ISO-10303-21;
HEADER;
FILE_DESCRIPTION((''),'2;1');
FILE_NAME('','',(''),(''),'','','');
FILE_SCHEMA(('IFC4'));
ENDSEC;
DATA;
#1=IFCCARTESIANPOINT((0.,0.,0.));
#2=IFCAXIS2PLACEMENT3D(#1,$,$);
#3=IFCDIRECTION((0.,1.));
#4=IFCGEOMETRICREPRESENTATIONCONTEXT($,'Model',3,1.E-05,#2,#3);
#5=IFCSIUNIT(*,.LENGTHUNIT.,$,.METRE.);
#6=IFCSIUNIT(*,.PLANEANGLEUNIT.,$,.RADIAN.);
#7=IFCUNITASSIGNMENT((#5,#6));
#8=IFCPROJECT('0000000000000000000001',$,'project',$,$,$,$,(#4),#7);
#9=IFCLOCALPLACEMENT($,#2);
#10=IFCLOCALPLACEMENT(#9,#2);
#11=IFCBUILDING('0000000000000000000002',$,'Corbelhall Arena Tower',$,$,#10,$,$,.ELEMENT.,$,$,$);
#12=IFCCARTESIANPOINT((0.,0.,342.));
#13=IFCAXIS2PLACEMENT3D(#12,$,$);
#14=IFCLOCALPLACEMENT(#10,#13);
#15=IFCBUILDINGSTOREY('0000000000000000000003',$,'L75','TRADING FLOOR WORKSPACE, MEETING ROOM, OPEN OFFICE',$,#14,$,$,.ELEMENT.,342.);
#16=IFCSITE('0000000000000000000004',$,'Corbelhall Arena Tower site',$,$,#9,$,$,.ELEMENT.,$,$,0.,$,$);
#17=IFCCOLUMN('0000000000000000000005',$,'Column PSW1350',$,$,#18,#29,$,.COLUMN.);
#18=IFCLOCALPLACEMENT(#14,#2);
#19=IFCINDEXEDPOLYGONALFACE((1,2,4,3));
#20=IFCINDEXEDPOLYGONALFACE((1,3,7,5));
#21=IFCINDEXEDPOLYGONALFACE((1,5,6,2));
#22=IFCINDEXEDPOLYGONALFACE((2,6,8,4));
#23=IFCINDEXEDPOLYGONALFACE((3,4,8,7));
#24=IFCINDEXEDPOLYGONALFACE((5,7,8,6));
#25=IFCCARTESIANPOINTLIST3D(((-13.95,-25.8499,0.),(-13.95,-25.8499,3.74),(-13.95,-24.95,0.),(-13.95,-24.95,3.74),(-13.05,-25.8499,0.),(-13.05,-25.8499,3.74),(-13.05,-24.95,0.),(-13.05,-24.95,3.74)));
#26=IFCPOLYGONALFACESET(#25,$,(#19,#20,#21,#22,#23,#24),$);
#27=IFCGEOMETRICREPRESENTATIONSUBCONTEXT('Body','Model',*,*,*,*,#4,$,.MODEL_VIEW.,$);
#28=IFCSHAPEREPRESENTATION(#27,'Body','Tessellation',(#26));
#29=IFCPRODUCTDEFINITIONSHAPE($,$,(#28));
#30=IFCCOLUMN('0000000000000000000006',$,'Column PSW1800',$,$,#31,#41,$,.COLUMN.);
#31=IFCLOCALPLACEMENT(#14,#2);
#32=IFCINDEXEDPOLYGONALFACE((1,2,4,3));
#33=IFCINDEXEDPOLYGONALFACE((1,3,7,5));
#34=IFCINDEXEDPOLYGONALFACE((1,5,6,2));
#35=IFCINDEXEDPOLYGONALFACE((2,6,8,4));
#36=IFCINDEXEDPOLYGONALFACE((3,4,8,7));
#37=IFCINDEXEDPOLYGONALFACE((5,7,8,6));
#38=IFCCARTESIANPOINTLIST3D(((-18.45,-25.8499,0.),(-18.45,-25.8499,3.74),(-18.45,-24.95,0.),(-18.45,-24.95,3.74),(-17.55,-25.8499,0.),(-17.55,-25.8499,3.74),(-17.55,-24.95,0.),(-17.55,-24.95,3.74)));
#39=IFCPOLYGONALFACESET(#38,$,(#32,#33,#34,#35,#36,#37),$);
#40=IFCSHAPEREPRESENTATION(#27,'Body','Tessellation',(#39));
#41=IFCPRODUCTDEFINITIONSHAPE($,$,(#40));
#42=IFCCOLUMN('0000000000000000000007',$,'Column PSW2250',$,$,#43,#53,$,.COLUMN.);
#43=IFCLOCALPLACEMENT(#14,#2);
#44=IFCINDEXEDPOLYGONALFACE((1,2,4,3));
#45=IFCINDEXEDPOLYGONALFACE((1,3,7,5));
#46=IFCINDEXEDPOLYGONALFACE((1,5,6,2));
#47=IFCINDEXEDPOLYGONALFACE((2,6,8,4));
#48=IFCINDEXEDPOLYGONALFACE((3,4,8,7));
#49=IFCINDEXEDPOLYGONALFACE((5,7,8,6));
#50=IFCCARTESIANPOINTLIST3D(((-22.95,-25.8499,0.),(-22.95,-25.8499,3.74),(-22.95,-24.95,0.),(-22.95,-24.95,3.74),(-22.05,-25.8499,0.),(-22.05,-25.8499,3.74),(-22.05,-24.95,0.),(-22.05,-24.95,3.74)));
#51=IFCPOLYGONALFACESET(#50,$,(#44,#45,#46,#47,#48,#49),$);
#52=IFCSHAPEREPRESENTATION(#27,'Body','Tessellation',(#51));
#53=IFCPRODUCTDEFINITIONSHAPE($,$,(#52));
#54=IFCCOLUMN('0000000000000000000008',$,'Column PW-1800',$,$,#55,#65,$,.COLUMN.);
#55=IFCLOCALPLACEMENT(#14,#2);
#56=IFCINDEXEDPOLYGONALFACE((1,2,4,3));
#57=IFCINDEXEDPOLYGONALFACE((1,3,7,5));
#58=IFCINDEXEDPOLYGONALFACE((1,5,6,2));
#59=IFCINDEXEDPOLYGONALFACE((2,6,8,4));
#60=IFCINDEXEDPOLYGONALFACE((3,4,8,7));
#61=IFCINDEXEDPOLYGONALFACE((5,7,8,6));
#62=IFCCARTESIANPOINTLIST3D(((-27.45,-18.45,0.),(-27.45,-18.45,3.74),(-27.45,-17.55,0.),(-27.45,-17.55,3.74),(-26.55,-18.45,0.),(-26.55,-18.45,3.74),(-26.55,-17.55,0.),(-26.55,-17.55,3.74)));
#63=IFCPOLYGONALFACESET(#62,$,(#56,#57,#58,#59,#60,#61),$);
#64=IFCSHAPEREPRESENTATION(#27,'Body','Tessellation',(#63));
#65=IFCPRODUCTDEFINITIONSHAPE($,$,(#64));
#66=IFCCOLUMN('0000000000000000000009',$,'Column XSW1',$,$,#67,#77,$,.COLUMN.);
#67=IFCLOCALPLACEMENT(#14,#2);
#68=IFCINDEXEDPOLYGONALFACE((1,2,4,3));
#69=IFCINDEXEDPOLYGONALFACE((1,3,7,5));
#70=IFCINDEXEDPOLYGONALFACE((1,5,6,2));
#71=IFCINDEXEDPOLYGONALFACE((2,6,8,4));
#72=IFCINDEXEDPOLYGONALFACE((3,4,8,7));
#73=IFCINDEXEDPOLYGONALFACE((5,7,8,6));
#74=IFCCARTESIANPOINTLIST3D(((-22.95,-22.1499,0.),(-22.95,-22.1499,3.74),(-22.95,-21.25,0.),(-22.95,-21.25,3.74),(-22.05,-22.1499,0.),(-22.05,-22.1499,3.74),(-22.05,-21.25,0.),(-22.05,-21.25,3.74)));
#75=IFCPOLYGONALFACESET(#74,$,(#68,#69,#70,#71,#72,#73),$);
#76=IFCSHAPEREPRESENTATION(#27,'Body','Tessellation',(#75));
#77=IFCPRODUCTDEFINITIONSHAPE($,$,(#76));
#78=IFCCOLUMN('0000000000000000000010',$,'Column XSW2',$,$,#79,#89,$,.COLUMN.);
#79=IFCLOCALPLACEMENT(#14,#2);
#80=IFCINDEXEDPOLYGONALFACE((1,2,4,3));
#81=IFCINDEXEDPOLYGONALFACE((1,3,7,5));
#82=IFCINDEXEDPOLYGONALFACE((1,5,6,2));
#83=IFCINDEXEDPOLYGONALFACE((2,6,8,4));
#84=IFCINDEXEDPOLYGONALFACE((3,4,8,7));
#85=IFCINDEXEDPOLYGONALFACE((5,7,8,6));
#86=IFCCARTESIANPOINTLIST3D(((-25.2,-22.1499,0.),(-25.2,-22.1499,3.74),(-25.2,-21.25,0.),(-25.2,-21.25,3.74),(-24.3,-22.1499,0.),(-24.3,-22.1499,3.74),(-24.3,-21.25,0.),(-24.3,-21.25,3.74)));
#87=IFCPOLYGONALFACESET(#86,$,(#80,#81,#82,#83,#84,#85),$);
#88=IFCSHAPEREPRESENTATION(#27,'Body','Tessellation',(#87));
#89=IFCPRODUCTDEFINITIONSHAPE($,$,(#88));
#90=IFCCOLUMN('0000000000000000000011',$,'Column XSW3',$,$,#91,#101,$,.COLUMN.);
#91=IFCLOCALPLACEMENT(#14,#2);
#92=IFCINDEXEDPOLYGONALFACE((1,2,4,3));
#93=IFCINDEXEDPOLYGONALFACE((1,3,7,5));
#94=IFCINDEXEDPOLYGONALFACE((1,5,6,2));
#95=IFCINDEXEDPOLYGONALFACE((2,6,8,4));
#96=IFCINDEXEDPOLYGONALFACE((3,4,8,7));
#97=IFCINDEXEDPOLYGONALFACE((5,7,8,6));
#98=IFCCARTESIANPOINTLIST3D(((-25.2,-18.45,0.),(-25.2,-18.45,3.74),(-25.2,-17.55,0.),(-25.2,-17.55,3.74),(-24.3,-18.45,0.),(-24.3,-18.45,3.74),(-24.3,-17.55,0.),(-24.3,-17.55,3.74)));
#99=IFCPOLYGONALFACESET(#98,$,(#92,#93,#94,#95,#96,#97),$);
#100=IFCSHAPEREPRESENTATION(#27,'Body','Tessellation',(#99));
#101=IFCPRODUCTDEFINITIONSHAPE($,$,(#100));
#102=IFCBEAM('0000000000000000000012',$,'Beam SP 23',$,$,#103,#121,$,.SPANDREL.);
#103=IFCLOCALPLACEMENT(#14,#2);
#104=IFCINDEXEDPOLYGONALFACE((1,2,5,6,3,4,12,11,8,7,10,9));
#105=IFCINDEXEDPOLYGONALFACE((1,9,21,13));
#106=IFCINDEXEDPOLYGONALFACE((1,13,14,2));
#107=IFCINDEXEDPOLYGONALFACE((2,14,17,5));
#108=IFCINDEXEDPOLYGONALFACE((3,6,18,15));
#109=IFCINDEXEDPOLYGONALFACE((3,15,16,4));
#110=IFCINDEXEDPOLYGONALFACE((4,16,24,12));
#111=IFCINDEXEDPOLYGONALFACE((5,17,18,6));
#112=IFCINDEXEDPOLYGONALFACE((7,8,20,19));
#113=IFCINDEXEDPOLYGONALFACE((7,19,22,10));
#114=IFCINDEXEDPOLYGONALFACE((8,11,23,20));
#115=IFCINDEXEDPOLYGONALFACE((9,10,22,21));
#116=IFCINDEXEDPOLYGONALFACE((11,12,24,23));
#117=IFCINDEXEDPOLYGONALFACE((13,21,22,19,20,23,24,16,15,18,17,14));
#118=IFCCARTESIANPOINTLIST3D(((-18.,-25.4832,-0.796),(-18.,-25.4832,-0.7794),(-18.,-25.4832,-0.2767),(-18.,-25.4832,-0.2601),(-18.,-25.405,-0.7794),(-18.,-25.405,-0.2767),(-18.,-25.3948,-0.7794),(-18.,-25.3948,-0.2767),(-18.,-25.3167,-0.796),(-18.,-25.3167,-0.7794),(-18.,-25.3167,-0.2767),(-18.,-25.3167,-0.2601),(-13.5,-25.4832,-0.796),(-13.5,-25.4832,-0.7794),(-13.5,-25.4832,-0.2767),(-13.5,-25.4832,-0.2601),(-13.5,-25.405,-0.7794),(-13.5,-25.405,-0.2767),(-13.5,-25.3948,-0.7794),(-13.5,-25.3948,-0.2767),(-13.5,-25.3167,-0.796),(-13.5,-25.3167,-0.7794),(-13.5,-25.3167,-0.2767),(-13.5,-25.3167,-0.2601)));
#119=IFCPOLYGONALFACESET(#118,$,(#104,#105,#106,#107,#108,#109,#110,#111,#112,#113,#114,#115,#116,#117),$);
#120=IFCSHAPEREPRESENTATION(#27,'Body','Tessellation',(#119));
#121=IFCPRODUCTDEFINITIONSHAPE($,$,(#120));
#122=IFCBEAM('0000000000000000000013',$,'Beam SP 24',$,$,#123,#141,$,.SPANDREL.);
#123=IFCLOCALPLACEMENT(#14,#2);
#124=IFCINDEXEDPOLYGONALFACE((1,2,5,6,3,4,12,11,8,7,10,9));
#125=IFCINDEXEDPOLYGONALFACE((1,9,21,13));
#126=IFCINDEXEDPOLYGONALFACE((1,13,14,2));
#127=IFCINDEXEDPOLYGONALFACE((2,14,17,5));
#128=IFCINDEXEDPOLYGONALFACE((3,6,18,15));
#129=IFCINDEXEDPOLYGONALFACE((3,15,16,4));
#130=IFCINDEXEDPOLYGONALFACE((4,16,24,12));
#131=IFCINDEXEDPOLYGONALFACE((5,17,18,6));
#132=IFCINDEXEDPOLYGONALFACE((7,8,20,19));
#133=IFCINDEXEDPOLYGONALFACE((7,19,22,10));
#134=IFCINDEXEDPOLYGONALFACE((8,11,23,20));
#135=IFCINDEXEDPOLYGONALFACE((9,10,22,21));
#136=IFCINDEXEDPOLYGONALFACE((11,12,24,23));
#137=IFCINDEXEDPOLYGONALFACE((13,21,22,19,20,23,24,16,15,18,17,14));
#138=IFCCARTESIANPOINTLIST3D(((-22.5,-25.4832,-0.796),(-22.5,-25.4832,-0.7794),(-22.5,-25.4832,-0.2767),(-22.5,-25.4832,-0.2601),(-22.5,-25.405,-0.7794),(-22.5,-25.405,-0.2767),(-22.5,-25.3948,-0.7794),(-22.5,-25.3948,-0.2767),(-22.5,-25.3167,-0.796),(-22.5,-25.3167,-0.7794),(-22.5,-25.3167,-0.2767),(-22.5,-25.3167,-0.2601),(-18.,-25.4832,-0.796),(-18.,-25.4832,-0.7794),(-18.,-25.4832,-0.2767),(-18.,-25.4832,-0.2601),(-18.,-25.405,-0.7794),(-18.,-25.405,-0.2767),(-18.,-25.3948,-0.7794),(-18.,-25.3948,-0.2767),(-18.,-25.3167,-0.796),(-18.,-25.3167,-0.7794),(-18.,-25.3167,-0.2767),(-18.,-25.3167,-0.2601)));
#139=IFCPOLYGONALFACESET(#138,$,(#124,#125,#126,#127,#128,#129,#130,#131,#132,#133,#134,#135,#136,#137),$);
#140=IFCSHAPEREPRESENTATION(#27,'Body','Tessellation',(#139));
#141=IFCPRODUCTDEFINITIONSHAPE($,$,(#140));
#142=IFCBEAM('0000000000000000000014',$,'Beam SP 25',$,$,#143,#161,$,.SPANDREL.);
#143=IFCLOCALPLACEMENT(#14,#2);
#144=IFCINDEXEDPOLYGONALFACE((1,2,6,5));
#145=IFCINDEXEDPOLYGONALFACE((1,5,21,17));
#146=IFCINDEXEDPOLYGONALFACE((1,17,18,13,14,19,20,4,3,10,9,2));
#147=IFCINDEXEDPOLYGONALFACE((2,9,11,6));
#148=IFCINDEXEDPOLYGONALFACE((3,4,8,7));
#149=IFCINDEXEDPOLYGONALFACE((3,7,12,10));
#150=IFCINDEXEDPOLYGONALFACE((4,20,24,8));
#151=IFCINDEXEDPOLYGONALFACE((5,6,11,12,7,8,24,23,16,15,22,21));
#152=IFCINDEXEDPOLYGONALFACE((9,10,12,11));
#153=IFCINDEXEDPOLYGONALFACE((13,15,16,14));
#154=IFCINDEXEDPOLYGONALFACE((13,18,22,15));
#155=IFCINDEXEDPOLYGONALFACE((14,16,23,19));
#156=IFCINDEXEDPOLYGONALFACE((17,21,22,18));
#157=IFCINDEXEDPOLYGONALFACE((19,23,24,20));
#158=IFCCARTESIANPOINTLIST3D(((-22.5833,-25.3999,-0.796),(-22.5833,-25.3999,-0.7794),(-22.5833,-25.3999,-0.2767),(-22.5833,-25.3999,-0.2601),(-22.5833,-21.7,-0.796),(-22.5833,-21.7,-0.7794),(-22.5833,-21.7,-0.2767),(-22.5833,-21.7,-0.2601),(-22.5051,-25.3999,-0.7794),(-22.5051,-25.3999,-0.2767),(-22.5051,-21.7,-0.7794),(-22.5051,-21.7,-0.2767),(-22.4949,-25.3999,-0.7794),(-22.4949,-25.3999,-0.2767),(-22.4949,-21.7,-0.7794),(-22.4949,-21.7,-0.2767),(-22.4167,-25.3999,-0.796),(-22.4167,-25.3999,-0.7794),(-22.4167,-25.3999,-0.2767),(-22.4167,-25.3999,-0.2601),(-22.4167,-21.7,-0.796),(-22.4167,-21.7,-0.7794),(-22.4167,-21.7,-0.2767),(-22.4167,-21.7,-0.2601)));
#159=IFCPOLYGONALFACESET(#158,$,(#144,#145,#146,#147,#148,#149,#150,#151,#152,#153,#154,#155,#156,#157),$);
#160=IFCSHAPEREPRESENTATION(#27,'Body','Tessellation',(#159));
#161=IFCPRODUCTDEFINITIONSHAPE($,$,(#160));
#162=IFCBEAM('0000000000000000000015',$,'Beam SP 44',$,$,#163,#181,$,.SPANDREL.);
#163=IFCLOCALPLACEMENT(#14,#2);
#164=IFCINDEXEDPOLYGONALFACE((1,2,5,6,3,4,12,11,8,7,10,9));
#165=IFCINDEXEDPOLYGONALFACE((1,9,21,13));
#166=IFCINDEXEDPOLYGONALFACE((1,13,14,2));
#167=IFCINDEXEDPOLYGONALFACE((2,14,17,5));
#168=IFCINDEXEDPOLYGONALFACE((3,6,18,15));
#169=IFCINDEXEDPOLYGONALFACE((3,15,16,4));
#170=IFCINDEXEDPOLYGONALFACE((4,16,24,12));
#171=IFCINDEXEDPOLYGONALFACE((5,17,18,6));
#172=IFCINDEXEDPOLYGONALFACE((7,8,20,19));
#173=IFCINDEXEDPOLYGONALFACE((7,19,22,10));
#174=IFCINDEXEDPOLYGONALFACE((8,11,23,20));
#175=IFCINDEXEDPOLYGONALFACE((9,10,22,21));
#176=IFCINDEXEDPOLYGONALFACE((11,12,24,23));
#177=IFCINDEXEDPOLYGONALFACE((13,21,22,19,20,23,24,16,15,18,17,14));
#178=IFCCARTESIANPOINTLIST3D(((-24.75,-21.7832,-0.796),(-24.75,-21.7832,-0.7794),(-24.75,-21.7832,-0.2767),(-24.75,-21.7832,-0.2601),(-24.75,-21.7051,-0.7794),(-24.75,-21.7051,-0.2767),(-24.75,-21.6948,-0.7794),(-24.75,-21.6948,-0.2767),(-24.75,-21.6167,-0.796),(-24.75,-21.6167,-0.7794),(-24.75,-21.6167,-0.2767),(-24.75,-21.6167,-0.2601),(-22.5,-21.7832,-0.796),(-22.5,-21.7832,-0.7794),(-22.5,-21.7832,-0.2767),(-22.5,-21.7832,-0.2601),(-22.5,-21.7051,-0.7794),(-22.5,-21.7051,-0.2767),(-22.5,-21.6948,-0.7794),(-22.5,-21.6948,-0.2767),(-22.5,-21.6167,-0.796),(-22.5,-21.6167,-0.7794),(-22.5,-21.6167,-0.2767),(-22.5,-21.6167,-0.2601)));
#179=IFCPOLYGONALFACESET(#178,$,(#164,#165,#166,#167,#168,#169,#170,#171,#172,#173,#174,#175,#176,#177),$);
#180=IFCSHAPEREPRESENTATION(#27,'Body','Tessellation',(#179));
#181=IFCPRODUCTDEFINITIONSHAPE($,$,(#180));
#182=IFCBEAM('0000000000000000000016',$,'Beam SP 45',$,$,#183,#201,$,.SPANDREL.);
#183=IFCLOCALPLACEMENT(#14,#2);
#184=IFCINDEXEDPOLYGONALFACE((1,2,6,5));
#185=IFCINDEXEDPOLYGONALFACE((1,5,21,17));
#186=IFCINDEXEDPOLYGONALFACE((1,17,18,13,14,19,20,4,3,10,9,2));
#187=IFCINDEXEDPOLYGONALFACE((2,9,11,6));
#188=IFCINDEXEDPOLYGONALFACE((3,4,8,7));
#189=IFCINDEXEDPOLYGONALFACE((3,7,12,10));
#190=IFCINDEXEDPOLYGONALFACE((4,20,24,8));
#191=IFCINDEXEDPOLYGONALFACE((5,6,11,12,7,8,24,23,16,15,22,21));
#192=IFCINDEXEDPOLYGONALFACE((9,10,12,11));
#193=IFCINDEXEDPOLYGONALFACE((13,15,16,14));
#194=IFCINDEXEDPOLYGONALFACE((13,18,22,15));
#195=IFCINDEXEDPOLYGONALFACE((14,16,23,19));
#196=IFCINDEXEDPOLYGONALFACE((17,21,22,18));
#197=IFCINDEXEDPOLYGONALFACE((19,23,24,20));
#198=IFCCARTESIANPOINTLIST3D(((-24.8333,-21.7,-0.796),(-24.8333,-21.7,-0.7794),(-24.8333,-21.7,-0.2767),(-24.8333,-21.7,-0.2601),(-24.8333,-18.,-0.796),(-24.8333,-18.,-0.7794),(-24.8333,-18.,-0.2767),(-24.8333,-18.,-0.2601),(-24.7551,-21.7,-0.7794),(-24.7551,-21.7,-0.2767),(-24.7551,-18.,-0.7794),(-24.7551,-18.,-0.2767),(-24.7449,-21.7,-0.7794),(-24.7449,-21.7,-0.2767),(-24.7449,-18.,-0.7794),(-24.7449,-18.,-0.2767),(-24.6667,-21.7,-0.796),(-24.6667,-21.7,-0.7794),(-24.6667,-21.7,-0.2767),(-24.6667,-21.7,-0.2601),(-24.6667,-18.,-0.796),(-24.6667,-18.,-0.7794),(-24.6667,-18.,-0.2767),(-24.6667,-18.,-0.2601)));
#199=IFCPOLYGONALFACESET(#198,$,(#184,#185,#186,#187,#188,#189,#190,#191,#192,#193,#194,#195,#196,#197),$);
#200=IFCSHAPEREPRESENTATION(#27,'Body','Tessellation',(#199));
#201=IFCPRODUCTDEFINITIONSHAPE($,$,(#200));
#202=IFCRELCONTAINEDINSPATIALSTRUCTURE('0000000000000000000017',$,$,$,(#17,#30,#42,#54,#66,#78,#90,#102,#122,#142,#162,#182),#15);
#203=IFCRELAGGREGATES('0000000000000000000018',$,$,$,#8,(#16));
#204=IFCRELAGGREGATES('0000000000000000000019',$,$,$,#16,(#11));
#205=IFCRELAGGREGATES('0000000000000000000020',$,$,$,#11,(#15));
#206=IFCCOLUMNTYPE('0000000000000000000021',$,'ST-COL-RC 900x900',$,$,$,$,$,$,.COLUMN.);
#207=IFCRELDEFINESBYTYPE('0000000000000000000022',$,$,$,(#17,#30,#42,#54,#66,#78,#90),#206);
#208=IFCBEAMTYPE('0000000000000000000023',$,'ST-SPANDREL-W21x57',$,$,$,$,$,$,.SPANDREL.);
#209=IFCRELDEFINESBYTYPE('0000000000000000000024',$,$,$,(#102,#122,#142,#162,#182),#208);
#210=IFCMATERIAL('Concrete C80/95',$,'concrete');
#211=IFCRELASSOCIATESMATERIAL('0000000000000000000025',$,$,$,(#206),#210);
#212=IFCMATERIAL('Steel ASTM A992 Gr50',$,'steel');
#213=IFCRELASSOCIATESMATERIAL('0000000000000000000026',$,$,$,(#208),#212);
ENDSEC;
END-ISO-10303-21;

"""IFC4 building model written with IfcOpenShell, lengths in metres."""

from ifc_helpers import new_model, si_unit, direction, frame, origin, origin_2d, place, context, subcontext, project, spatial, rectangle, i_section, extrude, material, material_profile, profile_set, type_object, element, save


model = new_model("IFC4")

# Units and contexts
model_context = context("Model", 3, precision=1e-05, world=origin(), true_north=direction((0.0, 1.0)))
body_context = subcontext(model_context, "Body", "Model", "MODEL_VIEW")
ifc_project = project(units=[si_unit("LENGTHUNIT", "METRE"), si_unit("PLANEANGLEUNIT", "RADIAN")], contexts=[model_context])

# Site, building, storey
site_placement = place(None, origin())
site = spatial("IfcSite", under=ifc_project, at=site_placement, Name="Corbelhall Arena Tower site", CompositionType="ELEMENT", RefElevation=0.0)
building_placement = place(site_placement, origin())
building = spatial("IfcBuilding", under=site, at=building_placement, Name="Corbelhall Arena Tower", CompositionType="ELEMENT")
storey_placement = place(building_placement, frame((0.0, 0.0, 342.0)))
storey = spatial("IfcBuildingStorey", under=building, at=storey_placement, Name="L75", Description="TRADING FLOOR WORKSPACE, MEETING ROOM, OPEN OFFICE", CompositionType="ELEMENT", Elevation=342.0)

# Columns
ifc_material_1 = material(Name="Concrete C80/95", Category="concrete")
ifc_material_profile_1 = material_profile(ifc_material_1, rectangle(XDim=0.8999, YDim=0.8999, at=origin_2d()))
ifc_profile_set_1 = profile_set([ifc_material_profile_1], Name="Concrete C80/95")
column_type = type_object("IfcColumnType", Name="ST-COL-RC 900x900", PredefinedType="COLUMN", material=ifc_profile_set_1)
for number, where, z_axis, x_axis, name in (
    (1, (-13.5, -25.3999, 0.0), (0.0, 0.0, 1.0), (1.0, 0.0, 0.0), "Column PSW1350"),
    (2, (-18.0, -25.3999, 0.0), (0.0, 0.0, 1.0), (1.0, 0.0, 0.0), "Column PSW1800"),
    (3, (-22.5, -25.3999, 0.0), (0.0, 0.0, 1.0), (1.0, 0.0, 0.0), "Column PSW2250"),
    (4, (-27.0, -18.0, 0.0), (0.0, 0.0, 1.0), (0.0, 1.0, 0.0), "Column PW-1800"),
    (5, (-22.5, -21.7, 0.0), (0.0, 0.0, 1.0), (1.0, 0.0, 0.0), "Column XSW1"),
    (6, (-24.75, -21.7, 0.0), (0.0, 0.0, 1.0), (1.0, 0.0, 0.0), "Column XSW2"),
    (7, (-24.75, -18.0, 0.0), (0.0, 0.0, 1.0), (1.0, 0.0, 0.0), "Column XSW3"),
):
    element("IfcColumn", number, at=place(storey_placement, frame(where, z_axis=z_axis, x_axis=x_axis)), inside=storey, type_object=column_type, Name=name, PredefinedType="COLUMN", context=body_context, shape_type="SweptSolid", body=[
        extrude(rectangle(XDim=0.8999, YDim=0.8999, at=origin_2d()), origin(), (0.0, 0.0, 1.0), 3.74),
    ])

# Beams
ifc_material_2 = material(Name="Steel ASTM A992 Gr50", Category="steel")
ifc_material_profile_2 = material_profile(ifc_material_2, i_section(OverallWidth=0.1665, OverallDepth=0.5359, WebThickness=0.0103, FlangeThickness=0.0166, at=origin_2d()))
ifc_profile_set_2 = profile_set([ifc_material_profile_2], Name="Steel ASTM A992 Gr50")
beam_type_1 = type_object("IfcBeamType", Name="ST-SPANDREL-W21x57", PredefinedType="SPANDREL", material=ifc_profile_set_2)
for number, where, z_axis, x_axis, name in (
    (8, (-13.5, -25.3999, -0.5281), (-1.0, 0.0, 0.0), (0.0, -1.0, 0.0), "Beam SP 23"),
    (9, (-18.0, -25.3999, -0.5281), (-1.0, 0.0, 0.0), (0.0, -1.0, 0.0), "Beam SP 24"),
):
    element("IfcBeam", number, at=place(storey_placement, frame(where, z_axis=z_axis, x_axis=x_axis)), inside=storey, type_object=beam_type_1, Name=name, PredefinedType="SPANDREL", context=body_context, shape_type="SweptSolid", body=[
        extrude(i_section(OverallWidth=0.1665, OverallDepth=0.5359, WebThickness=0.0103, FlangeThickness=0.0166, at=origin_2d()), origin(), (0.0, 0.0, 1.0), 4.5),
    ])
beam_1_placement = place(storey_placement, frame((-22.5, -25.3999, -0.5281), z_axis=(0.0, 1.0, 0.0), x_axis=(-1.0, 0.0, 0.0)))
element("IfcBeam", 10, at=beam_1_placement, inside=storey, type_object=beam_type_1, Name="Beam SP 25", PredefinedType="SPANDREL", context=body_context, shape_type="SweptSolid", body=[
    extrude(i_section(OverallWidth=0.1665, OverallDepth=0.5359, WebThickness=0.0103, FlangeThickness=0.0166, at=origin_2d()), origin(), (0.0, 0.0, 1.0), 3.7),
])
beam_2_placement = place(storey_placement, frame((-22.5, -21.7, -0.5281), z_axis=(-1.0, 0.0, 0.0), x_axis=(0.0, -1.0, 0.0)))
element("IfcBeam", 11, at=beam_2_placement, inside=storey, type_object=beam_type_1, Name="Beam SP 44", PredefinedType="SPANDREL", context=body_context, shape_type="SweptSolid", body=[
    extrude(i_section(OverallWidth=0.1665, OverallDepth=0.5359, WebThickness=0.0103, FlangeThickness=0.0166, at=origin_2d()), origin(), (0.0, 0.0, 1.0), 2.25),
])
beam_3_placement = place(storey_placement, frame((-24.75, -21.7, -0.5281), z_axis=(0.0, 1.0, 0.0), x_axis=(-1.0, 0.0, 0.0)))
element("IfcBeam", 12, at=beam_3_placement, inside=storey, type_object=beam_type_1, Name="Beam SP 45", PredefinedType="SPANDREL", context=body_context, shape_type="SweptSolid", body=[
    extrude(i_section(OverallWidth=0.1665, OverallDepth=0.5359, WebThickness=0.0103, FlangeThickness=0.0166, at=origin_2d()), origin(), (0.0, 0.0, 1.0), 3.7),
])

save(model, "model.ifc")
